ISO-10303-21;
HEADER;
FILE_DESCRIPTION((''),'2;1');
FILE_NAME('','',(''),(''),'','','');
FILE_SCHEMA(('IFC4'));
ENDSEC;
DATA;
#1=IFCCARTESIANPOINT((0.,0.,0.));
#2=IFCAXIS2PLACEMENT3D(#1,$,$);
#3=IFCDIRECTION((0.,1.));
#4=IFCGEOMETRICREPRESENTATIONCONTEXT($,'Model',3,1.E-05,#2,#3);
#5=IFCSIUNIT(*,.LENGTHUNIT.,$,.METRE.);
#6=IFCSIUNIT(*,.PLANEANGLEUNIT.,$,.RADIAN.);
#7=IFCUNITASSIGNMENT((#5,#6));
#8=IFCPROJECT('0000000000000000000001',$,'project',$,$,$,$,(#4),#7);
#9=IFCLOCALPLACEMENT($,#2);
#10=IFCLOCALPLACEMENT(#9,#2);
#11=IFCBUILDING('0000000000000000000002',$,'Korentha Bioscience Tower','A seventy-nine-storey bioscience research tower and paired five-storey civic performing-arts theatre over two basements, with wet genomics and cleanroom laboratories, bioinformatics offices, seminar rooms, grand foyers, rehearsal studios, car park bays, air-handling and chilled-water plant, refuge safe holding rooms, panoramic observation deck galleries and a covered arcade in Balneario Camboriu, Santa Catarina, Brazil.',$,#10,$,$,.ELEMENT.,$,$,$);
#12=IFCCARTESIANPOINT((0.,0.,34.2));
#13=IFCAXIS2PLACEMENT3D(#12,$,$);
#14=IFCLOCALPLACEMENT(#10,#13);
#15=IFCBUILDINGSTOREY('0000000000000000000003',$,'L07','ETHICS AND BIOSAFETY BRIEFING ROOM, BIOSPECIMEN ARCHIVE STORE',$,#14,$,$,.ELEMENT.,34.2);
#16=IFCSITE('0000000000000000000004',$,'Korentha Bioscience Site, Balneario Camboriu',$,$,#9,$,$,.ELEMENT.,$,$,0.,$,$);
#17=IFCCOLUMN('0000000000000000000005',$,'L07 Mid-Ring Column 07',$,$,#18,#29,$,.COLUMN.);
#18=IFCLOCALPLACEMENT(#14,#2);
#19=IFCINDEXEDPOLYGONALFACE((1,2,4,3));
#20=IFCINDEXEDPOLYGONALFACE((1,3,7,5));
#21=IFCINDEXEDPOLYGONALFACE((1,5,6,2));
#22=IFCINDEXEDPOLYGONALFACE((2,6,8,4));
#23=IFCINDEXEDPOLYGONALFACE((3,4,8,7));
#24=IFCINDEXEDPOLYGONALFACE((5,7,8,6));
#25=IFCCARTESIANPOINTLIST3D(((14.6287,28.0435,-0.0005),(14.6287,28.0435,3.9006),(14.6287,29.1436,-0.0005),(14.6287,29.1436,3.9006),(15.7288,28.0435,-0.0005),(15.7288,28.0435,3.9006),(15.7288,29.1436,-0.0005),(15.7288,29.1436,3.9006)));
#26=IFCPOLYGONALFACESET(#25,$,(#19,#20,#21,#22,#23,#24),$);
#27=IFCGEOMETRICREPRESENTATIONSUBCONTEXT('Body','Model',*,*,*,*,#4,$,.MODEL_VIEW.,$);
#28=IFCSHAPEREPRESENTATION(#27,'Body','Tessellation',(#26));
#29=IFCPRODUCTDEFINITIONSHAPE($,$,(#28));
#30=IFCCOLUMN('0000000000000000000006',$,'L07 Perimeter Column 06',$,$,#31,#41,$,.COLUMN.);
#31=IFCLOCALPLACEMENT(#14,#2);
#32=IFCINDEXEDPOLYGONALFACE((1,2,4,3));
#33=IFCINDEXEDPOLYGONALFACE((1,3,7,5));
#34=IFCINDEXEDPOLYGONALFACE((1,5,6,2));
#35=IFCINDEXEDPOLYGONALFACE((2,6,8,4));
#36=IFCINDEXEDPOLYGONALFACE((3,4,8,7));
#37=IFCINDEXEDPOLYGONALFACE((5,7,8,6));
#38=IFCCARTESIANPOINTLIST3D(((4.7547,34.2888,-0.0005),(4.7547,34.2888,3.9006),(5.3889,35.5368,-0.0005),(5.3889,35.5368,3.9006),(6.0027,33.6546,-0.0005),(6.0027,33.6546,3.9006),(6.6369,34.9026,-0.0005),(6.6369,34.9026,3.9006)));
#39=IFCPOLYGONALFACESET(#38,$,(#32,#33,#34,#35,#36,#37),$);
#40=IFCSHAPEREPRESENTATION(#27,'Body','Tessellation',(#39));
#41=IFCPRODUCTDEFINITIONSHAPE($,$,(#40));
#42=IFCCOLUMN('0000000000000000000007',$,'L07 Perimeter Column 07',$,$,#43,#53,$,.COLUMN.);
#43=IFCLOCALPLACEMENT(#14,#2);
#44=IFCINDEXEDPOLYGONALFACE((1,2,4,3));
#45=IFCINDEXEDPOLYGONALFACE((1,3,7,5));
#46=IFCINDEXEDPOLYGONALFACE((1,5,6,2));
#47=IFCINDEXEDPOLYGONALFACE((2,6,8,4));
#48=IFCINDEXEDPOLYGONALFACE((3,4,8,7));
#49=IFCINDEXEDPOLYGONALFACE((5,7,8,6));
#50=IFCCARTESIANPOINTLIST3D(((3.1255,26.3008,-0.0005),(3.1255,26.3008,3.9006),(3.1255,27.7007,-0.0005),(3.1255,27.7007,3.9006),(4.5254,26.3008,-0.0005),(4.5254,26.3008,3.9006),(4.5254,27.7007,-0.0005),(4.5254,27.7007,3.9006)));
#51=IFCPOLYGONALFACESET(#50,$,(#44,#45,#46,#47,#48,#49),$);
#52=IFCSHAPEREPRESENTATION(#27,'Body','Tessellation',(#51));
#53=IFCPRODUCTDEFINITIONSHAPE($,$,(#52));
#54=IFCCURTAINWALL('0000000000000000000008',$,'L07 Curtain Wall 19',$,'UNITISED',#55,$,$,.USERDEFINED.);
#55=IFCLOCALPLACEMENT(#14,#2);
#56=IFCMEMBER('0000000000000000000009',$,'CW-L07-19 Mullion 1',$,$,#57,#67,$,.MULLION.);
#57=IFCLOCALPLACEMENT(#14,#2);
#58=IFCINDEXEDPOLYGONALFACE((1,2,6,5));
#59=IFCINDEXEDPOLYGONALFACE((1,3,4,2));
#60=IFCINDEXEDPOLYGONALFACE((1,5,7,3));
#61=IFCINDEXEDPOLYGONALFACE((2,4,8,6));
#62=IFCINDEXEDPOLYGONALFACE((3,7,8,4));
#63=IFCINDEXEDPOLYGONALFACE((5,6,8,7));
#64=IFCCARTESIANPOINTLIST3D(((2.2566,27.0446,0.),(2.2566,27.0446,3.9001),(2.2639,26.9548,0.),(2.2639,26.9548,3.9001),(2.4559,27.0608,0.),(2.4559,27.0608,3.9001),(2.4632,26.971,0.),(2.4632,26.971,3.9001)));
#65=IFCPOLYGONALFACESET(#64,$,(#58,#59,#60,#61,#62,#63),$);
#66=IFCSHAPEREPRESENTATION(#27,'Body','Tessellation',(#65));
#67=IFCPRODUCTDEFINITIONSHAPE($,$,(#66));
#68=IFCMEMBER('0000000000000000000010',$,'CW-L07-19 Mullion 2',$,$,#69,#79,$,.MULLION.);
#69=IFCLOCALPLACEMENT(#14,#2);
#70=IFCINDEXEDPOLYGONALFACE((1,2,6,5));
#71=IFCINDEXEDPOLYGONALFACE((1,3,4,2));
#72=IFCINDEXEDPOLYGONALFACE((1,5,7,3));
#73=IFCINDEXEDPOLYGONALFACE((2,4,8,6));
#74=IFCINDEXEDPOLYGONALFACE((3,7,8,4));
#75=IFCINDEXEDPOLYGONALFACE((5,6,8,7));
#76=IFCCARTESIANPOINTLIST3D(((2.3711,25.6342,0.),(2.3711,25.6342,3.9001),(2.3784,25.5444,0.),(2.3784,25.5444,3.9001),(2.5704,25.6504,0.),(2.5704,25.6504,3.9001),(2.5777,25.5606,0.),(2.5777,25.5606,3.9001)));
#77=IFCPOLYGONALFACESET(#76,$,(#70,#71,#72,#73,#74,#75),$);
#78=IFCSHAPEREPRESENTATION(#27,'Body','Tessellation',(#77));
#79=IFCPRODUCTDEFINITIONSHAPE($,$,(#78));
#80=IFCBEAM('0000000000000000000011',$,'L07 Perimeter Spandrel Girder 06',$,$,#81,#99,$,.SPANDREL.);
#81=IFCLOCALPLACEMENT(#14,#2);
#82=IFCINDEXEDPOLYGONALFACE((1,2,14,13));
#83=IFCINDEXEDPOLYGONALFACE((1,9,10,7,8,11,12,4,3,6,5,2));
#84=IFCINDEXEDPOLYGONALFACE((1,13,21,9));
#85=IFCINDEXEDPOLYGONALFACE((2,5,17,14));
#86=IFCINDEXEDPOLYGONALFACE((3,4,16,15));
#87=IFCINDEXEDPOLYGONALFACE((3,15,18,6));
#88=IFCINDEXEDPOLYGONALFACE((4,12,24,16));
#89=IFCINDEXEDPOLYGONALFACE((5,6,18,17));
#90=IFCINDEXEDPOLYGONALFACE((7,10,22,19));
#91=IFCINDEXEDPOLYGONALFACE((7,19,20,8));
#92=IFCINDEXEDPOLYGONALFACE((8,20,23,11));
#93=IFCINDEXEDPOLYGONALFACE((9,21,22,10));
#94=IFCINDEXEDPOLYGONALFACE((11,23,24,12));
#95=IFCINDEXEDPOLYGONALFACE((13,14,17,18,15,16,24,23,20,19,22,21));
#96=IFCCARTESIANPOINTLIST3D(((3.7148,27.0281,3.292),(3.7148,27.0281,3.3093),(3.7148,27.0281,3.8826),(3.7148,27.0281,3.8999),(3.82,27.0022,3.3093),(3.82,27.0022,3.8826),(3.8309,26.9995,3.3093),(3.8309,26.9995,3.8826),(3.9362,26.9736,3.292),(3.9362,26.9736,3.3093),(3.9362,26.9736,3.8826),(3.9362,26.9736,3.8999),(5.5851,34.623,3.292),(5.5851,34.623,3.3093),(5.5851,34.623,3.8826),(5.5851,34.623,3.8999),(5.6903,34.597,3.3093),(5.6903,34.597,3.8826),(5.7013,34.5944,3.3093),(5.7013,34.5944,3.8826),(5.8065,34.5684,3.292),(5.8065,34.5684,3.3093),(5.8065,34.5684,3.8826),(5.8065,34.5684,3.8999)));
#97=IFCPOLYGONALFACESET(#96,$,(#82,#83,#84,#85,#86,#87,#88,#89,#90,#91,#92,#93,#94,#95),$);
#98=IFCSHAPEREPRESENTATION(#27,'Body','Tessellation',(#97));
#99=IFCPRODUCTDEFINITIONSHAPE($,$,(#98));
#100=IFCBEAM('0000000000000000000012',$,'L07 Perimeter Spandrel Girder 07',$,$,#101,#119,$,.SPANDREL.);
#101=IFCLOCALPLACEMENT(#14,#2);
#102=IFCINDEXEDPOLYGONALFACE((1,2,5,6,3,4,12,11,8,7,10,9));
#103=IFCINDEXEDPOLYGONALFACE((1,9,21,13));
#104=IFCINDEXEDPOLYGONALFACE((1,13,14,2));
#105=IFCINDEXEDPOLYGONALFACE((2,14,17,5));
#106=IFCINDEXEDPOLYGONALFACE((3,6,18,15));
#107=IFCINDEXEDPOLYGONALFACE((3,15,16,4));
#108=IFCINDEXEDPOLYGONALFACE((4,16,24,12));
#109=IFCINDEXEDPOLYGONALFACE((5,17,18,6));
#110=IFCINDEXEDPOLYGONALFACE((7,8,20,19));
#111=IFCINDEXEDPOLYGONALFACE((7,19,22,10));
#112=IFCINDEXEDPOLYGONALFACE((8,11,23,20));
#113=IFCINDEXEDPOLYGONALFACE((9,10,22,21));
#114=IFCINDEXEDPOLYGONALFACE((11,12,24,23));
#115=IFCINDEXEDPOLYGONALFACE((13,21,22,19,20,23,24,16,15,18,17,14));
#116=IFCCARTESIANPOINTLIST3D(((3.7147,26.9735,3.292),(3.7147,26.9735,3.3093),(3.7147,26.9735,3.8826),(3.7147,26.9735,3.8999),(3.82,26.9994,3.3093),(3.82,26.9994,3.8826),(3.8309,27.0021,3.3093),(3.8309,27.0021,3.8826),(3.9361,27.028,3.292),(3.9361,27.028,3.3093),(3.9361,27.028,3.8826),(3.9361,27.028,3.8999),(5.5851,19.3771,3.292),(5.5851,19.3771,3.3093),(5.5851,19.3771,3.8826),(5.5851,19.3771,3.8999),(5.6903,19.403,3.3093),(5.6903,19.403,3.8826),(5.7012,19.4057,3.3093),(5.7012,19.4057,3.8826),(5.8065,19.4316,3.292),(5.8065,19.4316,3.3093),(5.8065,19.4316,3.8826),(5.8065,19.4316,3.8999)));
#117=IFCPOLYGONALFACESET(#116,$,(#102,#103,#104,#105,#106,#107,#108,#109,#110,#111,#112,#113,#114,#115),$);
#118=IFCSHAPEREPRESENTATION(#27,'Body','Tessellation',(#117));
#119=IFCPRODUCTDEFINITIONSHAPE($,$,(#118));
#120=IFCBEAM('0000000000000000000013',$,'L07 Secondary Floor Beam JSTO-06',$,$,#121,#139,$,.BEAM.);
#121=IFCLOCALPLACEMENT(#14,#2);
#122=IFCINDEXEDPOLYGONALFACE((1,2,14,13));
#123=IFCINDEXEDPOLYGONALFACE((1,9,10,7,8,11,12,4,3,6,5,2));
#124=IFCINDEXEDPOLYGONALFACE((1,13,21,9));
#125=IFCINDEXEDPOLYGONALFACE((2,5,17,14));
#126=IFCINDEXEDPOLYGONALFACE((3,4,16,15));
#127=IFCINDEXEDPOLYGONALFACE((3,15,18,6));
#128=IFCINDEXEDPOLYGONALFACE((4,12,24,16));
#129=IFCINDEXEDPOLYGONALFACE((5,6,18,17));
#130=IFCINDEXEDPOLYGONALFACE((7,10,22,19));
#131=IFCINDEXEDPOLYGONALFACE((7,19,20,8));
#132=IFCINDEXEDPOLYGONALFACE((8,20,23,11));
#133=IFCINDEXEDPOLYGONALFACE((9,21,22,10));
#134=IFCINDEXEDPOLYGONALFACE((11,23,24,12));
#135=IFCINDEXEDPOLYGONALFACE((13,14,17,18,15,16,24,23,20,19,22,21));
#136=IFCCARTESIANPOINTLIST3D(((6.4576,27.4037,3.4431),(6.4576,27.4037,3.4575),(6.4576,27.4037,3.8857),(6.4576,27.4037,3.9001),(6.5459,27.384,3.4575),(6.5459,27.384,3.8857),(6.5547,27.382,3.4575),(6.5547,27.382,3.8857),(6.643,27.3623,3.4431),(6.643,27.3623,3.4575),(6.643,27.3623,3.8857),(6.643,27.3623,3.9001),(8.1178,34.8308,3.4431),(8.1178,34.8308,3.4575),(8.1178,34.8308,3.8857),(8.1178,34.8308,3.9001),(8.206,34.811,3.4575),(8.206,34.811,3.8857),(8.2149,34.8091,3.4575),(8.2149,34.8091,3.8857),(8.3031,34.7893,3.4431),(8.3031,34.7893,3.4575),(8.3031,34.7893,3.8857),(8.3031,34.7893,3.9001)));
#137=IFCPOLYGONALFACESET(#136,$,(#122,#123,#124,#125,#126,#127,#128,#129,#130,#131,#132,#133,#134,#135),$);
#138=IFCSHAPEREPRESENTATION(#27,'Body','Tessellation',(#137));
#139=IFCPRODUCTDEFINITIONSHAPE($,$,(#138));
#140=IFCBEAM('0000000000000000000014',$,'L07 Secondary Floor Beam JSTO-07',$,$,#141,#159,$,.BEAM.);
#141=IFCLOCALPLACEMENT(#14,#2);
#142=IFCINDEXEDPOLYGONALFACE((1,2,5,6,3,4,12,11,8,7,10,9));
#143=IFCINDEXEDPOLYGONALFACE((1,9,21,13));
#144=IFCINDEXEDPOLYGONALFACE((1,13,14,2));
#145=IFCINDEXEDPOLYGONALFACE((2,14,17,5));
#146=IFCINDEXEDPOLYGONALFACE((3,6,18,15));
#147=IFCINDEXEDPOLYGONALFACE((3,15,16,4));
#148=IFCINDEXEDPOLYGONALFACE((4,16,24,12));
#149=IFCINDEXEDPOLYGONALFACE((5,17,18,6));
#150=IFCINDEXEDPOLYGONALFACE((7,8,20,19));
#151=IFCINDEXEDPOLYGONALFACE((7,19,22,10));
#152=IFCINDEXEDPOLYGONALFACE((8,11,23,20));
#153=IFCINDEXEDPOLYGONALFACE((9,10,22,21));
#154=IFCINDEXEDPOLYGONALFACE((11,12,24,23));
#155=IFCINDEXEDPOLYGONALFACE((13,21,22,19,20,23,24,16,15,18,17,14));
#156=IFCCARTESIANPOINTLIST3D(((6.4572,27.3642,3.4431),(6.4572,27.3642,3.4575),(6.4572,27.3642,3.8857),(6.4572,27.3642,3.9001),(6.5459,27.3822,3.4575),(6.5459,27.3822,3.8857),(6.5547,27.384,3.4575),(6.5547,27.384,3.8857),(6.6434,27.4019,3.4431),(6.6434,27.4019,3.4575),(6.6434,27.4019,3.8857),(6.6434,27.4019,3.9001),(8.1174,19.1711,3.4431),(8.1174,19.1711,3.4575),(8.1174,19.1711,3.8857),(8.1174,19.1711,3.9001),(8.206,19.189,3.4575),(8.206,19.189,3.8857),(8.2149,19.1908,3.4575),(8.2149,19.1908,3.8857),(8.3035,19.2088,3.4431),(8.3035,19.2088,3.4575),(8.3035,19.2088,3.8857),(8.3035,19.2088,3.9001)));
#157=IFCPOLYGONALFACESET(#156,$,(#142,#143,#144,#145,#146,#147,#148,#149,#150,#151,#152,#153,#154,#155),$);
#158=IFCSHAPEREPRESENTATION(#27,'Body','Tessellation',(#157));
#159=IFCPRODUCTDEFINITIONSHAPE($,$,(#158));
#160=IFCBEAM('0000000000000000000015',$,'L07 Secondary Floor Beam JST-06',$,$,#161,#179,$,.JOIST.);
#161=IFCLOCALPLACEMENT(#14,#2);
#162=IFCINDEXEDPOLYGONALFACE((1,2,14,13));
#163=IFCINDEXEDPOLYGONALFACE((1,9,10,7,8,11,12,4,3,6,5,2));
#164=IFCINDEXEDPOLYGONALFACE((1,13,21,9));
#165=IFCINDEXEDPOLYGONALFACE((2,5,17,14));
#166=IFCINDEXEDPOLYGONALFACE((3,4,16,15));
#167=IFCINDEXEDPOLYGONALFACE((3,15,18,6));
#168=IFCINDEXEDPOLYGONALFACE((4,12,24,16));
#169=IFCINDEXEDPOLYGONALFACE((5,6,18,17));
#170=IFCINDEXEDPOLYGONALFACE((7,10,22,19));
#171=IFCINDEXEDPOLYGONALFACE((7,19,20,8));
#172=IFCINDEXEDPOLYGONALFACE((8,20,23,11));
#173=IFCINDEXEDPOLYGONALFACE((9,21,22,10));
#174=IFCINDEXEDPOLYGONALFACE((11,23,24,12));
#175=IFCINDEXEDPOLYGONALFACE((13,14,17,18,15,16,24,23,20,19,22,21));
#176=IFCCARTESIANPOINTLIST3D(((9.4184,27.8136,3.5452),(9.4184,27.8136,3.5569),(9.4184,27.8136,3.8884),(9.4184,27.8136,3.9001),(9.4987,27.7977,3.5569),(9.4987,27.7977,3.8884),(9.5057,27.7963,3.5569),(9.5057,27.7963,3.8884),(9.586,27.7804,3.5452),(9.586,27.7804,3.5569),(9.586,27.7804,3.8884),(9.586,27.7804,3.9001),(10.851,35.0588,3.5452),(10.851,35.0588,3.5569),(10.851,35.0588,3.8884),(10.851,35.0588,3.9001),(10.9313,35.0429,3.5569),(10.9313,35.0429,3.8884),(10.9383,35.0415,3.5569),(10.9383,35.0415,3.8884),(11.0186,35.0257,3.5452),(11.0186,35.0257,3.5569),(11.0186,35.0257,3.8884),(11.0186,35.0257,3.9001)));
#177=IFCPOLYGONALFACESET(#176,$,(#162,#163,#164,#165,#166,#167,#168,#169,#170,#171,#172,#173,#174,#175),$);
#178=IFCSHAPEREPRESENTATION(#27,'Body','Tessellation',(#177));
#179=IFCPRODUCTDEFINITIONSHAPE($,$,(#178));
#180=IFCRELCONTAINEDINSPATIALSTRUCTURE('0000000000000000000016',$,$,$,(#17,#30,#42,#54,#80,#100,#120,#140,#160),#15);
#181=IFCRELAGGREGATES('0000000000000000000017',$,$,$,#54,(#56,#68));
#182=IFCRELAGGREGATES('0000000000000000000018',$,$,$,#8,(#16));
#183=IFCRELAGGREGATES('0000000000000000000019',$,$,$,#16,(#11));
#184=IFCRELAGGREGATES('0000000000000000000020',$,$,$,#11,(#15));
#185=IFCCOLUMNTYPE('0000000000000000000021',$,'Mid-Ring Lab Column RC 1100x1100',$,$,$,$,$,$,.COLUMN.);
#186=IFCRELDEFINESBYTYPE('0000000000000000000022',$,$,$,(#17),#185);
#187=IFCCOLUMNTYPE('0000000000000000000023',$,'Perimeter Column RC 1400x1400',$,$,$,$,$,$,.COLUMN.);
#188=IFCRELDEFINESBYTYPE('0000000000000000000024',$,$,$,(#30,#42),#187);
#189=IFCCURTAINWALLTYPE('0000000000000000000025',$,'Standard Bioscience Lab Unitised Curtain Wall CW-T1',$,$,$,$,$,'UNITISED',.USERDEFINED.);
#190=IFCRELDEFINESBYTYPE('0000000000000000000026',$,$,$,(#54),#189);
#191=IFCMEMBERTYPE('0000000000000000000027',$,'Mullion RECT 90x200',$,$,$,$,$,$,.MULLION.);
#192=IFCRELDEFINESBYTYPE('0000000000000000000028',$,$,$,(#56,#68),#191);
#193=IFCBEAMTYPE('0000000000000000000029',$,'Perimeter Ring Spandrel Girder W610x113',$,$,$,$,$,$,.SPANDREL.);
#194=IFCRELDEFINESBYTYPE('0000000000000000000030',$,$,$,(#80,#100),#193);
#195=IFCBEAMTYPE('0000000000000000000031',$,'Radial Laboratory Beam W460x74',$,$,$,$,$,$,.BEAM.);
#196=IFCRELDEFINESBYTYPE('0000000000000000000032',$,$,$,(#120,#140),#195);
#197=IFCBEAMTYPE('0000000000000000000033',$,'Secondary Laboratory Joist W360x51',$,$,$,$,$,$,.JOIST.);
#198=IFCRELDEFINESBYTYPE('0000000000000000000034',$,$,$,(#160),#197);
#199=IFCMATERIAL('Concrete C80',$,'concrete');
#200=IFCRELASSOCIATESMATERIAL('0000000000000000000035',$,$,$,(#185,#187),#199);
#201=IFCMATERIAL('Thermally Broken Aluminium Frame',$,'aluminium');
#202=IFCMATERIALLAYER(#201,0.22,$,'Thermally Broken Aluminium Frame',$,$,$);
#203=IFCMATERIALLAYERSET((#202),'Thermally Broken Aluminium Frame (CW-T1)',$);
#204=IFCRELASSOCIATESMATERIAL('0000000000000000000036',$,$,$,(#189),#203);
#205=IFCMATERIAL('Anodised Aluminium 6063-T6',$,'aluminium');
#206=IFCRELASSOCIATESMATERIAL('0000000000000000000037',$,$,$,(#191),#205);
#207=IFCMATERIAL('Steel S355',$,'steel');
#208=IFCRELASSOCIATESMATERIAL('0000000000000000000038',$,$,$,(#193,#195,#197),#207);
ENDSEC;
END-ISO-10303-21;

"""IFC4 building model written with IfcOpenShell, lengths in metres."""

from ifc_helpers import new_model, si_unit, direction, frame, origin, origin_2d, place, context, subcontext, project, spatial, rectangle, i_section, extrude, material, layer, layer_set, material_profile, profile_set, type_object, element, aggregate, save


model = new_model("IFC4")

# Units and contexts
model_context = context("Model", 3, precision=1e-05, world=origin(), true_north=direction((0.0, 1.0)))
body_context = subcontext(model_context, "Body", "Model", "MODEL_VIEW")
ifc_project = project(units=[si_unit("LENGTHUNIT", "METRE"), si_unit("PLANEANGLEUNIT", "RADIAN")], contexts=[model_context])

# Site, building, storey
site_placement = place(None, origin())
site = spatial("IfcSite", under=ifc_project, at=site_placement, Name="Korentha Bioscience Site, Balneario Camboriu", CompositionType="ELEMENT", RefElevation=0.0)
building_placement = place(site_placement, origin())
building = spatial("IfcBuilding", under=site, at=building_placement, Name="Korentha Bioscience Tower", Description="A seventy-nine-storey bioscience research tower and paired five-storey civic performing-arts theatre over two basements, with wet genomics and cleanroom laboratories, bioinformatics offices, seminar rooms, grand foyers, rehearsal studios, car park bays, air-handling and chilled-water plant, refuge safe holding rooms, panoramic observation deck galleries and a covered arcade in Balneario Camboriu, Santa Catarina, Brazil.", CompositionType="ELEMENT")
storey_placement = place(building_placement, frame((0.0, 0.0, 34.2)))
storey = spatial("IfcBuildingStorey", under=building, at=storey_placement, Name="L07", Description="ETHICS AND BIOSAFETY BRIEFING ROOM, BIOSPECIMEN ARCHIVE STORE", CompositionType="ELEMENT", Elevation=34.2)

# Columns
ifc_material_1 = material(Name="Concrete C80", Category="concrete")
ifc_material_profile_1 = material_profile(ifc_material_1, rectangle(XDim=1.1001, YDim=1.1001, at=origin_2d()), Name="Concrete C80")
ifc_profile_set_1 = profile_set([ifc_material_profile_1], Name="Concrete C80 (COL-MR11)")
column_type_1 = type_object("IfcColumnType", Name="Mid-Ring Lab Column RC 1100x1100", PredefinedType="COLUMN", material=ifc_profile_set_1)
column_placement = place(storey_placement, frame((15.1787, 28.5935, -0.0005), z_axis=(0.0, 0.0, 1.0), x_axis=(1.0, 0.0, 0.0)))
element("IfcColumn", 1, at=column_placement, inside=storey, type_object=column_type_1, Name="L07 Mid-Ring Column 07", PredefinedType="COLUMN", context=body_context, shape_type="SweptSolid", body=[
    extrude(rectangle(XDim=1.1001, YDim=1.1001, at=origin_2d()), origin(), (0.0, 0.0, 1.0), 3.9011),
])
ifc_material_profile_2 = material_profile(ifc_material_1, rectangle(XDim=1.3999, YDim=1.3999, at=origin_2d()), Name="Concrete C80")
ifc_profile_set_2 = profile_set([ifc_material_profile_2], Name="Concrete C80 (COL-P14)")
column_type_2 = type_object("IfcColumnType", Name="Perimeter Column RC 1400x1400", PredefinedType="COLUMN", material=ifc_profile_set_2)
for number, where, z_axis, x_axis, name in (
    (2, (5.6958, 34.5957, -0.0005), (0.0, 0.0, 1.0), (0.453057, 0.891481, 0.0), "L07 Perimeter Column 06"),
    (3, (3.8254, 27.0007, -0.0005), (0.0, 0.0, 1.0), (0.0, 1.0, 0.0), "L07 Perimeter Column 07"),
):
    element("IfcColumn", number, at=place(storey_placement, frame(where, z_axis=z_axis, x_axis=x_axis)), inside=storey, type_object=column_type_2, Name=name, PredefinedType="COLUMN", context=body_context, shape_type="SweptSolid", body=[
        extrude(rectangle(XDim=1.3999, YDim=1.3999, at=origin_2d()), origin(), (0.0, 0.0, 1.0), 3.9011),
    ])

# Curtain wall, members
ifc_material_2 = material(Name="Thermally Broken Aluminium Frame", Category="aluminium")
ifc_layer_1 = layer(ifc_material_2, 0.22, Name="Thermally Broken Aluminium Frame")
ifc_layer_set_1 = layer_set([ifc_layer_1], Name="Thermally Broken Aluminium Frame (CW-T1)")
curtain_wall_type = type_object("IfcCurtainWallType", Name="Standard Bioscience Lab Unitised Curtain Wall CW-T1", ElementType="UNITISED", PredefinedType="USERDEFINED", material=ifc_layer_set_1)
curtain_wall_placement = place(storey_placement, origin())
curtain_wall = element("IfcCurtainWall", 4, at=curtain_wall_placement, inside=storey, type_object=curtain_wall_type, Name="L07 Curtain Wall 19", ObjectType="UNITISED", PredefinedType="USERDEFINED")
ifc_material_3 = material(Name="Anodised Aluminium 6063-T6", Category="aluminium")
ifc_material_profile_3 = material_profile(ifc_material_3, rectangle(XDim=0.0901, YDim=0.2, at=origin_2d()), Name="Anodised Aluminium 6063-T6")
ifc_profile_set_3 = profile_set([ifc_material_profile_3], Name="Anodised Aluminium 6063-T6 (CW-MUL)")
member_type_1 = type_object("IfcMemberType", Name="Mullion RECT 90x200", PredefinedType="MULLION", material=ifc_profile_set_3)
member_1_placement = place(storey_placement, frame((2.3599, 27.0078, 0.0), z_axis=(0.0, 0.0, 1.0), x_axis=(0.08082, -0.996729, 0.0)))
member_1 = element("IfcMember", 5, at=member_1_placement, type_object=member_type_1, Name="CW-L07-19 Mullion 1", PredefinedType="MULLION", context=body_context, shape_type="SweptSolid", body=[
    extrude(rectangle(XDim=0.0901, YDim=0.2, at=origin_2d()), origin(), (0.0, 0.0, 1.0), 3.9001),
])
member_2_placement = place(storey_placement, frame((2.4744, 25.5974, 0.0), z_axis=(0.0, 0.0, 1.0), x_axis=(0.08082, -0.996729, 0.0)))
member_2 = element("IfcMember", 6, at=member_2_placement, type_object=member_type_1, Name="CW-L07-19 Mullion 2", PredefinedType="MULLION", context=body_context, shape_type="SweptSolid", body=[
    extrude(rectangle(XDim=0.0901, YDim=0.2, at=origin_2d()), origin(), (0.0, 0.0, 1.0), 3.9001),
])

# Beams
ifc_material_4 = material(Name="Steel S355", Category="steel")
ifc_material_profile_4 = material_profile(ifc_material_4, i_section(OverallWidth=0.228, OverallDepth=0.6079, WebThickness=0.0112, FlangeThickness=0.0173, at=origin_2d()), Name="Steel S355")
ifc_profile_set_4 = profile_set([ifc_material_profile_4], Name="Steel S355 (SB-610)")
beam_type_1 = type_object("IfcBeamType", Name="Perimeter Ring Spandrel Girder W610x113", PredefinedType="SPANDREL", material=ifc_profile_set_4)
beam_1_placement = place(storey_placement, frame((5.6958, 34.5957, 3.5959), z_axis=(-0.239119, -0.97099, 0.0), x_axis=(0.97099, -0.239119, 0.0)))
element("IfcBeam", 7, at=beam_1_placement, inside=storey, type_object=beam_type_1, Name="L07 Perimeter Spandrel Girder 06", PredefinedType="SPANDREL", context=body_context, shape_type="SweptSolid", body=[
    extrude(i_section(OverallWidth=0.228, OverallDepth=0.6079, WebThickness=0.0112, FlangeThickness=0.0173, at=origin_2d()), origin(), (0.0, 0.0, 1.0), 7.8218),
])
beam_2_placement = place(storey_placement, frame((3.8254, 27.0007, 3.5959), z_axis=(0.239076, -0.971001, 0.0), x_axis=(0.971001, 0.239076, 0.0)))
element("IfcBeam", 8, at=beam_2_placement, inside=storey, type_object=beam_type_1, Name="L07 Perimeter Spandrel Girder 07", PredefinedType="SPANDREL", context=body_context, shape_type="SweptSolid", body=[
    extrude(i_section(OverallWidth=0.228, OverallDepth=0.6079, WebThickness=0.0112, FlangeThickness=0.0173, at=origin_2d()), origin(), (0.0, 0.0, 1.0), 7.8232),
])
ifc_material_profile_5 = material_profile(ifc_material_4, i_section(OverallWidth=0.1899, OverallDepth=0.457, WebThickness=0.009, FlangeThickness=0.0144, at=origin_2d()), Name="Steel S355")
ifc_profile_set_5 = profile_set([ifc_material_profile_5], Name="Steel S355 (RB-460)")
beam_type_2 = type_object("IfcBeamType", Name="Radial Laboratory Beam W460x74", PredefinedType="BEAM", material=ifc_profile_set_5)
beam_3_placement = place(storey_placement, frame((8.2104, 34.8101, 3.6716), z_axis=(-0.218146, -0.975916, 0.0), x_axis=(0.975916, -0.218146, 0.0)))
element("IfcBeam", 9, at=beam_3_placement, inside=storey, type_object=beam_type_2, Name="L07 Secondary Floor Beam JSTO-06", PredefinedType="BEAM", context=body_context, shape_type="SweptSolid", body=[
    extrude(i_section(OverallWidth=0.1899, OverallDepth=0.457, WebThickness=0.009, FlangeThickness=0.0144, at=origin_2d()), origin(), (0.0, 0.0, 1.0), 7.6104),
])
beam_4_placement = place(storey_placement, frame((6.5503, 27.3831, 3.6716), z_axis=(0.198592, -0.980082, 0.0), x_axis=(0.980082, 0.198592, 0.0)))
element("IfcBeam", 10, at=beam_4_placement, inside=storey, type_object=beam_type_2, Name="L07 Secondary Floor Beam JSTO-07", PredefinedType="BEAM", context=body_context, shape_type="SweptSolid", body=[
    extrude(i_section(OverallWidth=0.1899, OverallDepth=0.457, WebThickness=0.009, FlangeThickness=0.0144, at=origin_2d()), origin(), (0.0, 0.0, 1.0), 8.3596),
])
ifc_material_profile_6 = material_profile(ifc_material_4, i_section(OverallWidth=0.1709, OverallDepth=0.355, WebThickness=0.0071, FlangeThickness=0.0117, at=origin_2d()), Name="Steel S355")
ifc_profile_set_6 = profile_set([ifc_material_profile_6], Name="Steel S355 (JB-360)")
beam_type_3 = type_object("IfcBeamType", Name="Secondary Laboratory Joist W360x51", PredefinedType="JOIST", material=ifc_profile_set_6)
beam_5_placement = place(storey_placement, frame((10.9348, 35.0422, 3.7227), z_axis=(-0.19398, -0.981006, 0.0), x_axis=(0.981006, -0.19398, 0.0)))
element("IfcBeam", 11, at=beam_5_placement, inside=storey, type_object=beam_type_3, Name="L07 Secondary Floor Beam JST-06", PredefinedType="JOIST", context=body_context, shape_type="SweptSolid", body=[
    extrude(i_section(OverallWidth=0.1709, OverallDepth=0.355, WebThickness=0.0071, FlangeThickness=0.0117, at=origin_2d()), origin(), (0.0, 0.0, 1.0), 7.3855),
])

aggregate(curtain_wall, [member_1, member_2])

save(model, "model.ifc")
